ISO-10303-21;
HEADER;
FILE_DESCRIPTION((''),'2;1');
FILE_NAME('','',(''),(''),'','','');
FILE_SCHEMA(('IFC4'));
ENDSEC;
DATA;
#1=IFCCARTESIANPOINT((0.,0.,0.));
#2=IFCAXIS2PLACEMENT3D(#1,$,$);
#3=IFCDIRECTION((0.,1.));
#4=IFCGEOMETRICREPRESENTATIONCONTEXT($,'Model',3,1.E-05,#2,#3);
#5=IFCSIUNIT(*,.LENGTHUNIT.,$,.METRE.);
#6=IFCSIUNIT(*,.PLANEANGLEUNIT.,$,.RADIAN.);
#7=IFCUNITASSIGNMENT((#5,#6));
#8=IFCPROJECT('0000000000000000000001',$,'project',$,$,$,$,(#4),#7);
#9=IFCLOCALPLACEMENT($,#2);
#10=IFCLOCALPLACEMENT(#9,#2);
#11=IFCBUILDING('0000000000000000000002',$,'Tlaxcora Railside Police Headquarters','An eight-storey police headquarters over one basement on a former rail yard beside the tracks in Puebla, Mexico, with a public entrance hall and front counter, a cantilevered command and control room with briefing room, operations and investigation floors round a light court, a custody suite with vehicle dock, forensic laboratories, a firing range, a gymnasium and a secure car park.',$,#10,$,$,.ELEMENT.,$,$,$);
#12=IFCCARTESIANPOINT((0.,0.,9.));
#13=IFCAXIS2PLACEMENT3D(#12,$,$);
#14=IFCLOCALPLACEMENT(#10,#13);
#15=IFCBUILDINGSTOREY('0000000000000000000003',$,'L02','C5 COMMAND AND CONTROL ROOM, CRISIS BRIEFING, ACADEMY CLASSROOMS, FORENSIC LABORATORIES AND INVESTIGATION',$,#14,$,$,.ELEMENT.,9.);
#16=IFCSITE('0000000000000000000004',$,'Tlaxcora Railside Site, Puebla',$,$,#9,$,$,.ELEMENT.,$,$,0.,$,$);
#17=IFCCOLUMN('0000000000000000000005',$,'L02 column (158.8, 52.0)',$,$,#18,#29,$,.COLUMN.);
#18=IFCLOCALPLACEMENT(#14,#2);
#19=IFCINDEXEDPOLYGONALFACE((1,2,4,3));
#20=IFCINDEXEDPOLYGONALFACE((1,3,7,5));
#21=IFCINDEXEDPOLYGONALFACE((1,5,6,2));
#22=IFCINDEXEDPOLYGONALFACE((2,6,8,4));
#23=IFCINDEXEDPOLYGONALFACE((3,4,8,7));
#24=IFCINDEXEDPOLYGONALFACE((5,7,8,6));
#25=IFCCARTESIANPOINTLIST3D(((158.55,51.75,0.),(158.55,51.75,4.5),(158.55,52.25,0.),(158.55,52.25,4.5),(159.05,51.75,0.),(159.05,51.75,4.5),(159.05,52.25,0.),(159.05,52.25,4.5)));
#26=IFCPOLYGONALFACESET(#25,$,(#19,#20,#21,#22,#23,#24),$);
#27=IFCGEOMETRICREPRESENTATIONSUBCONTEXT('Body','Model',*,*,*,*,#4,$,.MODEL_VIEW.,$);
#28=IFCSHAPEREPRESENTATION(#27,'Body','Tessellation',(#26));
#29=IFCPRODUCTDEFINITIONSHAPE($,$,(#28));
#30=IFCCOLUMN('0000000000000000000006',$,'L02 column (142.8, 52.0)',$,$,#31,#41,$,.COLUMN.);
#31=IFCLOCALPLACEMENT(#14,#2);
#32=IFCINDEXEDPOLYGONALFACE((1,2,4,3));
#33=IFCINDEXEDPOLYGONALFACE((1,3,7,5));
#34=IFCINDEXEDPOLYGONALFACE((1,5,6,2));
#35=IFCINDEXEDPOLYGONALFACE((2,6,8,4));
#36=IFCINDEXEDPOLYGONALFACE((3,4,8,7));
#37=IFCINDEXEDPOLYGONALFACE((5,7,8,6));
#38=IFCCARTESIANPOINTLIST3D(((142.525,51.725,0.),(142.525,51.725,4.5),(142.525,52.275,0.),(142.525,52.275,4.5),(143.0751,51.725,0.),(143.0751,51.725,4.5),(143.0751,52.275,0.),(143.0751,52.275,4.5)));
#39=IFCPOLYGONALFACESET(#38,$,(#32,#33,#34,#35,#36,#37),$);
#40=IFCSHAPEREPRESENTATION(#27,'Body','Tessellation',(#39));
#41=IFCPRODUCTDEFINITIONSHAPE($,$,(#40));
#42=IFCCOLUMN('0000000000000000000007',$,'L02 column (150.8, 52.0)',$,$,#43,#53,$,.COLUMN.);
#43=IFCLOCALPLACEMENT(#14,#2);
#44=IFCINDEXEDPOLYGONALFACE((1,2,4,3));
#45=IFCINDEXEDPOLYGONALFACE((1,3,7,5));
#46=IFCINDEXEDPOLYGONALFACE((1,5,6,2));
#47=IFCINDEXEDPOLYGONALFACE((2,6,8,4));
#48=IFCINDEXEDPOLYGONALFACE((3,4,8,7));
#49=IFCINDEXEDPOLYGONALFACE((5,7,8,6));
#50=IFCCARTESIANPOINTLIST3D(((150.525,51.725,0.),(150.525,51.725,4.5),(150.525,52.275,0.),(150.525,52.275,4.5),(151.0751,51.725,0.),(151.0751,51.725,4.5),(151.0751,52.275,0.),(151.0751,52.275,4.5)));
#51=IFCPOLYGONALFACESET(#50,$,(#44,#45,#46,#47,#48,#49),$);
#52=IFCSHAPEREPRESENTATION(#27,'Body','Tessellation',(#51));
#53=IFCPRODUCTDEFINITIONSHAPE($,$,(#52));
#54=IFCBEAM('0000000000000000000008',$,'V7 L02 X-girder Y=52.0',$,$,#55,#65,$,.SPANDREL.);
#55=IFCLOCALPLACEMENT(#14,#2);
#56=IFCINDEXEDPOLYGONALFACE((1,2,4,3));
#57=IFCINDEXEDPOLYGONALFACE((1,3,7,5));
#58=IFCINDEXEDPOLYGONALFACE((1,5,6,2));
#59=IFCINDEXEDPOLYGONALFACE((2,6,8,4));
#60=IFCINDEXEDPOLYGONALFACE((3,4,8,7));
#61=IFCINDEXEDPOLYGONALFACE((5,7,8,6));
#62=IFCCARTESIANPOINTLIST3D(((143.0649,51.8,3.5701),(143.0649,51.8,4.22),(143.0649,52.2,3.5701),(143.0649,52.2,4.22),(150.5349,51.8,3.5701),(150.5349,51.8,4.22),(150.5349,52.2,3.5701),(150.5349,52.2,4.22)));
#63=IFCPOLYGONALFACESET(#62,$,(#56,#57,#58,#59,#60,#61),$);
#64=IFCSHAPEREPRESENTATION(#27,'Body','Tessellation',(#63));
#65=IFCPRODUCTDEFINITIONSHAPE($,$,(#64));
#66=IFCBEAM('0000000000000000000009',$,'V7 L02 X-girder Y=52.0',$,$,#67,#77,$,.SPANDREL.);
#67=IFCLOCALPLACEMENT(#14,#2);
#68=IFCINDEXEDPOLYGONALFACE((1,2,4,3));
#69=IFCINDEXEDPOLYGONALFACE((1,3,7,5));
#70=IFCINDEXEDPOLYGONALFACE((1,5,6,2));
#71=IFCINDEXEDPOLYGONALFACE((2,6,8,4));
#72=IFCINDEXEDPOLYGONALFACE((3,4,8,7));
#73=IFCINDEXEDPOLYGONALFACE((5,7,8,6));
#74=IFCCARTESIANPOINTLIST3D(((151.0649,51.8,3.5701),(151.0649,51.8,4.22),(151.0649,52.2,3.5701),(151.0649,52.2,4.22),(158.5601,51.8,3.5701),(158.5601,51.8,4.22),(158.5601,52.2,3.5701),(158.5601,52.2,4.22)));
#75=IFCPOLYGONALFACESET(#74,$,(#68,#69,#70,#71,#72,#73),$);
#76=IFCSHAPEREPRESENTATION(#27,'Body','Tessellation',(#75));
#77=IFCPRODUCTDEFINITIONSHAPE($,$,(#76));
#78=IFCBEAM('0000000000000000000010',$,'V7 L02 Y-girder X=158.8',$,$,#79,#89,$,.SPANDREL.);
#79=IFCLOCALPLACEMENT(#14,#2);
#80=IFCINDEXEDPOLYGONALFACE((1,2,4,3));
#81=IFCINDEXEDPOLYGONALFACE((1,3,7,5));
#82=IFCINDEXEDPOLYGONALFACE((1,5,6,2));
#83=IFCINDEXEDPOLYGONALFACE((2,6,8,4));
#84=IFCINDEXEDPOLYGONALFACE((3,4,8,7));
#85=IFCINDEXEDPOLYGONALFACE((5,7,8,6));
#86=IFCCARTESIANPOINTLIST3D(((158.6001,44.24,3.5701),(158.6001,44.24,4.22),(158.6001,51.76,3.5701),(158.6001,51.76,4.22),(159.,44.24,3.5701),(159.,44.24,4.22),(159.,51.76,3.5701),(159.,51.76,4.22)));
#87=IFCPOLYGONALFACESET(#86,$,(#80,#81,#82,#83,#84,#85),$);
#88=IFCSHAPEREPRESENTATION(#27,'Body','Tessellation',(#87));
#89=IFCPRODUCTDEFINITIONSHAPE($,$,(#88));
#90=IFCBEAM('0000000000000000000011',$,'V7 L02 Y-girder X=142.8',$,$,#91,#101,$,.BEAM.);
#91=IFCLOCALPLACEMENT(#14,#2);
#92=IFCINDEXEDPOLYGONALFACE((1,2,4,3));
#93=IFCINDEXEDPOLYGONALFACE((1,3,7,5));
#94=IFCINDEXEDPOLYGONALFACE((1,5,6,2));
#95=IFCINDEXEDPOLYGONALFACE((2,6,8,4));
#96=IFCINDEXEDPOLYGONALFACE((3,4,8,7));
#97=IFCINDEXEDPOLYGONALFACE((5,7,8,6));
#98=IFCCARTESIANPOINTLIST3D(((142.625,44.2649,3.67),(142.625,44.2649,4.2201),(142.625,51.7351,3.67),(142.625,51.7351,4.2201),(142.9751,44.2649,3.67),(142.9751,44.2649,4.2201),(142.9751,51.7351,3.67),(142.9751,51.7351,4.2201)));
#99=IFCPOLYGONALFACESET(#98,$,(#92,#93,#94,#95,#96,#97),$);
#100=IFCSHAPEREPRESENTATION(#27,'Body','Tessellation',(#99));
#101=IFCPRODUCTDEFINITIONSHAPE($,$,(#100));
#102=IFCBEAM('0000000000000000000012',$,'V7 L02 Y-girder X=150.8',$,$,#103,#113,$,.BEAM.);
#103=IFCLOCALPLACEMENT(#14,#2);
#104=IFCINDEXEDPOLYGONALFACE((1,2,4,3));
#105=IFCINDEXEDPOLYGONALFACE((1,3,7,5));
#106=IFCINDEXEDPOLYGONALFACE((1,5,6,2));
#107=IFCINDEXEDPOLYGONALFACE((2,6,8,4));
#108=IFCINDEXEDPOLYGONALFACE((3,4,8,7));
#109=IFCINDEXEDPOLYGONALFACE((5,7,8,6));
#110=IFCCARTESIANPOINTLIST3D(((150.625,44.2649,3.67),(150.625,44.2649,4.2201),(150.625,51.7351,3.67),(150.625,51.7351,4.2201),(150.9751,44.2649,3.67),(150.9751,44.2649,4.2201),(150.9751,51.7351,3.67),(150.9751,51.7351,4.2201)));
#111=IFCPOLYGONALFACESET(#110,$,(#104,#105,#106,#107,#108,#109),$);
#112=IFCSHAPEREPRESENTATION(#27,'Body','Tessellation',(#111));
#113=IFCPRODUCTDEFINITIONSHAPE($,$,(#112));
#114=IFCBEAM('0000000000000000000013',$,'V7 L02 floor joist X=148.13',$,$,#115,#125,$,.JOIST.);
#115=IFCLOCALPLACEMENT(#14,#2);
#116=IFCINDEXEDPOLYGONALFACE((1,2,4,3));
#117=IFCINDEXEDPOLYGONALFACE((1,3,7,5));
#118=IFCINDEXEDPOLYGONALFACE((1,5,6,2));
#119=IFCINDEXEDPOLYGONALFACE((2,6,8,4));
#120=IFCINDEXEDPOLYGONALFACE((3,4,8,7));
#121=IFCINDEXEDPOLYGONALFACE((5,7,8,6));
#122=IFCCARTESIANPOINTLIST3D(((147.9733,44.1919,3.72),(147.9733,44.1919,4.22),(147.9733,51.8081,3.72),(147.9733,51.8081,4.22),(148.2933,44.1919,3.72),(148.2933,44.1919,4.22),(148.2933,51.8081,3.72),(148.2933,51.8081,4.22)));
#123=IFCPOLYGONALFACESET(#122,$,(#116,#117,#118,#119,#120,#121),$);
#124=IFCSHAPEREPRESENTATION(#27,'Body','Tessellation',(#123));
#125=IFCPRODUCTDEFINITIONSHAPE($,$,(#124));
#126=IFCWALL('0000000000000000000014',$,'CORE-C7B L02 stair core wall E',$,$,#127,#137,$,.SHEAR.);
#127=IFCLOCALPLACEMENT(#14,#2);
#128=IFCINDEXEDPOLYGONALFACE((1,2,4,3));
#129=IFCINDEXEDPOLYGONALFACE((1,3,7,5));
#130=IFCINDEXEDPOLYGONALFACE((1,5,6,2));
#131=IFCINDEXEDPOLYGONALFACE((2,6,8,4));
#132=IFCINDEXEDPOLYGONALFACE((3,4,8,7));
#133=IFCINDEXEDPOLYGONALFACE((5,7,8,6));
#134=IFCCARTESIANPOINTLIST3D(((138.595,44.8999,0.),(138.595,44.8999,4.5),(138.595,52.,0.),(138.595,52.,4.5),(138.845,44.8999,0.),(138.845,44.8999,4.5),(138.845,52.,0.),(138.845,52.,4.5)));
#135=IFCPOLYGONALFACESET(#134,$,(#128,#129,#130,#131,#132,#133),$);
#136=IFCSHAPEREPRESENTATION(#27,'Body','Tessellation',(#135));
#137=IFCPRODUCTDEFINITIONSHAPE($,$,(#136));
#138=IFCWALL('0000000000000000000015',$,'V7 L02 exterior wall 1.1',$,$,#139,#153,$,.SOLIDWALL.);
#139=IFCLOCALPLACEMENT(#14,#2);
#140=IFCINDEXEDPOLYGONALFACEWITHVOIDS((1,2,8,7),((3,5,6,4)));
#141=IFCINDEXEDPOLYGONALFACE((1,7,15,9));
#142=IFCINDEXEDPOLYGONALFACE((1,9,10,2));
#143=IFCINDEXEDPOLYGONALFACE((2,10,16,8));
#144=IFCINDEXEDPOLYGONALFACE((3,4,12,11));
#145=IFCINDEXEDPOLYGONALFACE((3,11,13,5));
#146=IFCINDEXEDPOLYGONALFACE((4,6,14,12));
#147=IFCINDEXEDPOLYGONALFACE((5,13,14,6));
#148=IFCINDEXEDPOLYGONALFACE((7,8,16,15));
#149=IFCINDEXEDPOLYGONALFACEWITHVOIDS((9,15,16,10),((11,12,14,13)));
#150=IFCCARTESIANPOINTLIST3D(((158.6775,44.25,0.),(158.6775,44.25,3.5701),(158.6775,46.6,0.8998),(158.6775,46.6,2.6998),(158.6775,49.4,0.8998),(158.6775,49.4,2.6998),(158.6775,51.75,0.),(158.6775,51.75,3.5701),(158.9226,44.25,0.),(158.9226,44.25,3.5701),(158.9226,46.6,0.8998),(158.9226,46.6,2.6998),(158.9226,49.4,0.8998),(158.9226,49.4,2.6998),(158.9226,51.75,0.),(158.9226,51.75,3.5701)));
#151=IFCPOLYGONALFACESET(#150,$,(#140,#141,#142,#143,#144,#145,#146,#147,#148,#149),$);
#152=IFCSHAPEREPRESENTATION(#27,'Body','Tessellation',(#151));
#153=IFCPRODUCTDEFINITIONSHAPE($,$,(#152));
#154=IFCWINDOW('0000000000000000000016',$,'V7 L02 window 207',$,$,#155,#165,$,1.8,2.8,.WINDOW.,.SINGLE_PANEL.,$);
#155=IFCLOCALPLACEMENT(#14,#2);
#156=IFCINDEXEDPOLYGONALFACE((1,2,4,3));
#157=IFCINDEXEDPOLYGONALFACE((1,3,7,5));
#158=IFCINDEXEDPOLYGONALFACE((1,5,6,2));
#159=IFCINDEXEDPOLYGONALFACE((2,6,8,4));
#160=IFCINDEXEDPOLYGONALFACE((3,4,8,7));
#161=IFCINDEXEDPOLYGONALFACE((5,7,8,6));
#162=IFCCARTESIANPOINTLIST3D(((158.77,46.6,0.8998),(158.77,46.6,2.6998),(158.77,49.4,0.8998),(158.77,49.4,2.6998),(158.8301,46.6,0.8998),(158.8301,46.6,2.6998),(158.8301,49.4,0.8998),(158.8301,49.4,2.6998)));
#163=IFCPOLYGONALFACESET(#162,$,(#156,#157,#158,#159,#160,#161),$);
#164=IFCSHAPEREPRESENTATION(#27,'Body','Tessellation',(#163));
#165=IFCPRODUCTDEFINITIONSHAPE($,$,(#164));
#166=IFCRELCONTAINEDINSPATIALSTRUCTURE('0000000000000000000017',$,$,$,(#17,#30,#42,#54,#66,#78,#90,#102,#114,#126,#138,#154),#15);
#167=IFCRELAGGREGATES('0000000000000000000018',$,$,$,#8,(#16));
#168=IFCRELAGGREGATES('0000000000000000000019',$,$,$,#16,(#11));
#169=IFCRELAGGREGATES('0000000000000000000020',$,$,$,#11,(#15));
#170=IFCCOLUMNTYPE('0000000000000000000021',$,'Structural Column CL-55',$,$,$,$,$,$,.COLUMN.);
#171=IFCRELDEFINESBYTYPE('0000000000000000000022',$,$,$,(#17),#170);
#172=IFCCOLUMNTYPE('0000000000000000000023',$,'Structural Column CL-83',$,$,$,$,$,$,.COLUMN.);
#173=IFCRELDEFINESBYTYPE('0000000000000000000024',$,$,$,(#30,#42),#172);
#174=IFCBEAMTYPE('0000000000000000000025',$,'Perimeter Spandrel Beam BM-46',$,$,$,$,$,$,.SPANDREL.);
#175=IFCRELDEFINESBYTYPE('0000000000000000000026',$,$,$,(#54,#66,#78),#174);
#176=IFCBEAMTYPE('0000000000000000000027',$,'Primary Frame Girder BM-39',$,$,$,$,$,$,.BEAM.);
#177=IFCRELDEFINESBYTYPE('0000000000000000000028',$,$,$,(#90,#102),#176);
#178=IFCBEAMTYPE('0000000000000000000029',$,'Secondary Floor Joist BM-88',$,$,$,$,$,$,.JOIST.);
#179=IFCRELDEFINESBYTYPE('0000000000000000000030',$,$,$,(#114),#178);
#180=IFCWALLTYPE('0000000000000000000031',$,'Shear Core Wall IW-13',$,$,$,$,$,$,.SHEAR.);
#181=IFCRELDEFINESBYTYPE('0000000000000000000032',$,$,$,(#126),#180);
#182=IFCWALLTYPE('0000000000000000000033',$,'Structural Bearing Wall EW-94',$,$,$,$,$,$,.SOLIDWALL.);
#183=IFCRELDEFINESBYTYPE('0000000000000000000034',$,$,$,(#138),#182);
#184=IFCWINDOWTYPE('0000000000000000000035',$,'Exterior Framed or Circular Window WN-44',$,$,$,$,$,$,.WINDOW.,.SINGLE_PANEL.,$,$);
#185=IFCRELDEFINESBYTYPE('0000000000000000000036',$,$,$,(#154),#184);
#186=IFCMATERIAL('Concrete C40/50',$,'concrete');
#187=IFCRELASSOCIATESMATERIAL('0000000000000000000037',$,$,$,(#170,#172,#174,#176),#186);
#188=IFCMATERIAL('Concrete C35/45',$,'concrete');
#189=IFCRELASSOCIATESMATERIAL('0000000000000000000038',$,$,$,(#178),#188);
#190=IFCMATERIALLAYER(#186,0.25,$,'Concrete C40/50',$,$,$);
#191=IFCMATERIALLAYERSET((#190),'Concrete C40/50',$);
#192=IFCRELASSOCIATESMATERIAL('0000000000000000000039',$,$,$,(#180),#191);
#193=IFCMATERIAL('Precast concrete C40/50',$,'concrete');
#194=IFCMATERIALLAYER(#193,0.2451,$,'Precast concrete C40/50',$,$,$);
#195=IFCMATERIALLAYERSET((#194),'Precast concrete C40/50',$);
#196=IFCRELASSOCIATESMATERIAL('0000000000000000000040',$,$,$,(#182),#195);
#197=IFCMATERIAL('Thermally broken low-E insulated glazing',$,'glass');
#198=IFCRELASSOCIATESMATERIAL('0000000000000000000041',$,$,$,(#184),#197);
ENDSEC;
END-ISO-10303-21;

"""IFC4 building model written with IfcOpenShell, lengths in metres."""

from ifc_helpers import new_model, si_unit, direction, frame, frame_2d, origin, origin_2d, place, context, subcontext, project, spatial, rectangle, extrude, material, layer, layer_set, material_profile, profile_set, type_object, element, fill, save


model = new_model("IFC4")

# Units and contexts
model_context = context("Model", 3, precision=1e-05, world=origin(), true_north=direction((0.0, 1.0)))
body_context = subcontext(model_context, "Body", "Model", "MODEL_VIEW")
ifc_project = project(units=[si_unit("LENGTHUNIT", "METRE"), si_unit("PLANEANGLEUNIT", "RADIAN")], contexts=[model_context])

# Site, building, storey
site_placement = place(None, origin())
site = spatial("IfcSite", under=ifc_project, at=site_placement, Name="Tlaxcora Railside Site, Puebla", CompositionType="ELEMENT", RefElevation=0.0)
building_placement = place(site_placement, origin())
building = spatial("IfcBuilding", under=site, at=building_placement, Name="Tlaxcora Railside Police Headquarters", Description="An eight-storey police headquarters over one basement on a former rail yard beside the tracks in Puebla, Mexico, with a public entrance hall and front counter, a cantilevered command and control room with briefing room, operations and investigation floors round a light court, a custody suite with vehicle dock, forensic laboratories, a firing range, a gymnasium and a secure car park.", CompositionType="ELEMENT")
storey_placement = place(building_placement, frame((0.0, 0.0, 9.0)))
storey = spatial("IfcBuildingStorey", under=building, at=storey_placement, Name="L02", Description="C5 COMMAND AND CONTROL ROOM, CRISIS BRIEFING, ACADEMY CLASSROOMS, FORENSIC LABORATORIES AND INVESTIGATION", CompositionType="ELEMENT", Elevation=9.0)

# Columns
ifc_material_1 = material(Name="Concrete C40/50", Category="concrete")
ifc_material_profile_1 = material_profile(ifc_material_1, rectangle(XDim=0.5, YDim=0.5, at=origin_2d()), Name="RC500X500")
ifc_profile_set_1 = profile_set([ifc_material_profile_1], Name="Concrete C40/50")
column_type_1 = type_object("IfcColumnType", Name="Structural Column CL-55", PredefinedType="COLUMN", material=ifc_profile_set_1)
column_placement = place(storey_placement, frame((158.8, 52.0, 0.0), z_axis=(0.0, 0.0, 1.0), x_axis=(1.0, 0.0, 0.0)))
element("IfcColumn", 1, at=column_placement, inside=storey, type_object=column_type_1, Name="L02 column (158.8, 52.0)", PredefinedType="COLUMN", context=body_context, shape_type="SweptSolid", body=[
    extrude(rectangle(XDim=0.5, YDim=0.5, at=origin_2d()), origin(), (0.0, 0.0, 1.0), 4.5),
])
ifc_material_profile_2 = material_profile(ifc_material_1, rectangle(XDim=0.55, YDim=0.55, at=origin_2d()), Name="RC550X550")
ifc_profile_set_2 = profile_set([ifc_material_profile_2], Name="Concrete C40/50")
column_type_2 = type_object("IfcColumnType", Name="Structural Column CL-83", PredefinedType="COLUMN", material=ifc_profile_set_2)
for number, where, z_axis, x_axis, name in (
    (2, (142.8, 52.0, 0.0), (0.0, 0.0, 1.0), (1.0, 0.0, 0.0), "L02 column (142.8, 52.0)"),
    (3, (150.8, 52.0, 0.0), (0.0, 0.0, 1.0), (1.0, 0.0, 0.0), "L02 column (150.8, 52.0)"),
):
    element("IfcColumn", number, at=place(storey_placement, frame(where, z_axis=z_axis, x_axis=x_axis)), inside=storey, type_object=column_type_2, Name=name, PredefinedType="COLUMN", context=body_context, shape_type="SweptSolid", body=[
        extrude(rectangle(XDim=0.55, YDim=0.55, at=origin_2d()), origin(), (0.0, 0.0, 1.0), 4.5),
    ])

# Beams
ifc_material_profile_3 = material_profile(ifc_material_1, rectangle(XDim=0.3999, YDim=0.6499, at=origin_2d()), Name="RC400X650")
ifc_profile_set_3 = profile_set([ifc_material_profile_3], Name="Concrete C40/50")
beam_type_1 = type_object("IfcBeamType", Name="Perimeter Spandrel Beam BM-46", PredefinedType="SPANDREL", material=ifc_profile_set_3)
beam_1_placement = place(storey_placement, frame((143.0649, 52.0, 3.895), z_axis=(1.0, 0.0, 0.0), x_axis=(0.0, 1.0, 0.0)))
element("IfcBeam", 4, at=beam_1_placement, inside=storey, type_object=beam_type_1, Name="V7 L02 X-girder Y=52.0", PredefinedType="SPANDREL", context=body_context, shape_type="SweptSolid", body=[
    extrude(rectangle(XDim=0.3999, YDim=0.6499, at=origin_2d()), origin(), (0.0, 0.0, 1.0), 7.47),
])
beam_2_placement = place(storey_placement, frame((151.0649, 52.0, 3.895), z_axis=(1.0, 0.0, 0.0), x_axis=(0.0, 1.0, 0.0)))
element("IfcBeam", 5, at=beam_2_placement, inside=storey, type_object=beam_type_1, Name="V7 L02 X-girder Y=52.0", PredefinedType="SPANDREL", context=body_context, shape_type="SweptSolid", body=[
    extrude(rectangle(XDim=0.3999, YDim=0.6499, at=origin_2d()), origin(), (0.0, 0.0, 1.0), 7.4951),
])
beam_3_placement = place(storey_placement, frame((158.8, 44.24, 3.895), z_axis=(0.0, 1.0, 0.0), x_axis=(-1.0, 0.0, 0.0)))
element("IfcBeam", 6, at=beam_3_placement, inside=storey, type_object=beam_type_1, Name="V7 L02 Y-girder X=158.8", PredefinedType="SPANDREL", context=body_context, shape_type="SweptSolid", body=[
    extrude(rectangle(XDim=0.3999, YDim=0.6499, at=origin_2d()), origin(), (0.0, 0.0, 1.0), 7.52),
])
ifc_material_profile_4 = material_profile(ifc_material_1, rectangle(XDim=0.3501, YDim=0.55, at=origin_2d()), Name="RC350X550")
ifc_profile_set_4 = profile_set([ifc_material_profile_4], Name="Concrete C40/50")
beam_type_2 = type_object("IfcBeamType", Name="Primary Frame Girder BM-39", PredefinedType="BEAM", material=ifc_profile_set_4)
for number, where, z_axis, x_axis, name in (
    (7, (142.8, 44.2649, 3.9451), (0.0, 1.0, 0.0), (-1.0, 0.0, 0.0), "V7 L02 Y-girder X=142.8"),
    (8, (150.8, 44.2649, 3.9451), (0.0, 1.0, 0.0), (-1.0, 0.0, 0.0), "V7 L02 Y-girder X=150.8"),
):
    element("IfcBeam", number, at=place(storey_placement, frame(where, z_axis=z_axis, x_axis=x_axis)), inside=storey, type_object=beam_type_2, Name=name, PredefinedType="BEAM", context=body_context, shape_type="SweptSolid", body=[
        extrude(rectangle(XDim=0.3501, YDim=0.55, at=origin_2d()), origin(), (0.0, 0.0, 1.0), 7.4702),
    ])
ifc_material_2 = material(Name="Concrete C35/45", Category="concrete")
ifc_material_profile_5 = material_profile(ifc_material_2, rectangle(XDim=0.3201, YDim=0.5, at=origin_2d()), Name="RC320X500")
ifc_profile_set_5 = profile_set([ifc_material_profile_5], Name="Concrete C35/45")
beam_type_3 = type_object("IfcBeamType", Name="Secondary Floor Joist BM-88", PredefinedType="JOIST", material=ifc_profile_set_5)
beam_4_placement = place(storey_placement, frame((148.1333, 44.1919, 3.97), z_axis=(0.0, 1.0, 0.0), x_axis=(-1.0, 0.0, 0.0)))
element("IfcBeam", 9, at=beam_4_placement, inside=storey, type_object=beam_type_3, Name="V7 L02 floor joist X=148.13", PredefinedType="JOIST", context=body_context, shape_type="SweptSolid", body=[
    extrude(rectangle(XDim=0.3201, YDim=0.5, at=origin_2d()), origin(), (0.0, 0.0, 1.0), 7.6162),
])

# Wall
ifc_layer_1 = layer(ifc_material_1, 0.25, Name="Concrete C40/50")
ifc_layer_set_1 = layer_set([ifc_layer_1], Name="Concrete C40/50")
wall_type_1 = type_object("IfcWallType", Name="Shear Core Wall IW-13", PredefinedType="SHEAR", material=ifc_layer_set_1)
wall_1_placement = place(storey_placement, frame((138.72, 44.8999, 0.0), z_axis=(0.0, 0.0, 1.0), x_axis=(0.0, 1.0, 0.0)))
element("IfcWall", 10, at=wall_1_placement, inside=storey, type_object=wall_type_1, Name="CORE-C7B L02 stair core wall E", PredefinedType="SHEAR", context=body_context, shape_type="SweptSolid", body=[
    extrude(rectangle(XDim=7.1001, YDim=0.25, at=frame_2d((3.55, 0.0))), origin(), (0.0, 0.0, 1.0), 4.5),
])

# Wall, opening, window
ifc_material_3 = material(Name="Precast concrete C40/50", Category="concrete")
ifc_layer_2 = layer(ifc_material_3, 0.2451, Name="Precast concrete C40/50")
ifc_layer_set_2 = layer_set([ifc_layer_2], Name="Precast concrete C40/50")
wall_type_2 = type_object("IfcWallType", Name="Structural Bearing Wall EW-94", PredefinedType="SOLIDWALL", material=ifc_layer_set_2)
wall_2_placement = place(storey_placement, frame((158.8, 44.25, 0.0), z_axis=(0.0, 0.0, 1.0), x_axis=(0.0, 1.0, 0.0)))
wall_2 = element("IfcWall", 11, at=wall_2_placement, inside=storey, type_object=wall_type_2, Name="V7 L02 exterior wall 1.1", PredefinedType="SOLIDWALL", context=body_context, shape_type="SweptSolid", body=[
    extrude(rectangle(XDim=7.5, YDim=0.2451, at=frame_2d((3.75, 0.0))), origin(), (0.0, 0.0, 1.0), 3.5701),
])
opening_1_placement = place(wall_2_placement, frame((2.3501, 0.0, 0.8999)))
opening_1 = element("IfcOpeningElement", 12, at=opening_1_placement, cuts=wall_2, PredefinedType="OPENING", context=body_context, shape_type="SweptSolid", body=[
    extrude(rectangle(XDim=2.8, YDim=1.8, at=frame_2d((1.3999, 0.8999))), frame((0.0, 0.1326, 0.0), z_axis=(0.0, -1.0, 0.0), x_axis=(1.0, 0.0, 0.0)), (0.0, 0.0, 1.0), 0.2651),
])
ifc_material_4 = material(Name="Thermally broken low-E insulated glazing", Category="glass")
window_type_1 = type_object("IfcWindowType", Name="Exterior Framed or Circular Window WN-44", PartitioningType="SINGLE_PANEL", PredefinedType="WINDOW", material=ifc_material_4)
window_1_placement = place(opening_1_placement, origin())
window_1 = element("IfcWindow", 13, at=window_1_placement, inside=storey, type_object=window_type_1, Name="V7 L02 window 207", OverallHeight=1.8, OverallWidth=2.8, PartitioningType="SINGLE_PANEL", PredefinedType="WINDOW", context=body_context, shape_type="SweptSolid", body=[
    extrude(rectangle(XDim=2.8, YDim=1.8, at=frame_2d((1.3999, 0.8999))), frame((0.0, 0.03, 0.0), z_axis=(0.0, -1.0, 0.0), x_axis=(1.0, 0.0, 0.0)), (0.0, 0.0, 1.0), 0.0601),
])
fill(opening_1, window_1)

save(model, "model.ifc")
